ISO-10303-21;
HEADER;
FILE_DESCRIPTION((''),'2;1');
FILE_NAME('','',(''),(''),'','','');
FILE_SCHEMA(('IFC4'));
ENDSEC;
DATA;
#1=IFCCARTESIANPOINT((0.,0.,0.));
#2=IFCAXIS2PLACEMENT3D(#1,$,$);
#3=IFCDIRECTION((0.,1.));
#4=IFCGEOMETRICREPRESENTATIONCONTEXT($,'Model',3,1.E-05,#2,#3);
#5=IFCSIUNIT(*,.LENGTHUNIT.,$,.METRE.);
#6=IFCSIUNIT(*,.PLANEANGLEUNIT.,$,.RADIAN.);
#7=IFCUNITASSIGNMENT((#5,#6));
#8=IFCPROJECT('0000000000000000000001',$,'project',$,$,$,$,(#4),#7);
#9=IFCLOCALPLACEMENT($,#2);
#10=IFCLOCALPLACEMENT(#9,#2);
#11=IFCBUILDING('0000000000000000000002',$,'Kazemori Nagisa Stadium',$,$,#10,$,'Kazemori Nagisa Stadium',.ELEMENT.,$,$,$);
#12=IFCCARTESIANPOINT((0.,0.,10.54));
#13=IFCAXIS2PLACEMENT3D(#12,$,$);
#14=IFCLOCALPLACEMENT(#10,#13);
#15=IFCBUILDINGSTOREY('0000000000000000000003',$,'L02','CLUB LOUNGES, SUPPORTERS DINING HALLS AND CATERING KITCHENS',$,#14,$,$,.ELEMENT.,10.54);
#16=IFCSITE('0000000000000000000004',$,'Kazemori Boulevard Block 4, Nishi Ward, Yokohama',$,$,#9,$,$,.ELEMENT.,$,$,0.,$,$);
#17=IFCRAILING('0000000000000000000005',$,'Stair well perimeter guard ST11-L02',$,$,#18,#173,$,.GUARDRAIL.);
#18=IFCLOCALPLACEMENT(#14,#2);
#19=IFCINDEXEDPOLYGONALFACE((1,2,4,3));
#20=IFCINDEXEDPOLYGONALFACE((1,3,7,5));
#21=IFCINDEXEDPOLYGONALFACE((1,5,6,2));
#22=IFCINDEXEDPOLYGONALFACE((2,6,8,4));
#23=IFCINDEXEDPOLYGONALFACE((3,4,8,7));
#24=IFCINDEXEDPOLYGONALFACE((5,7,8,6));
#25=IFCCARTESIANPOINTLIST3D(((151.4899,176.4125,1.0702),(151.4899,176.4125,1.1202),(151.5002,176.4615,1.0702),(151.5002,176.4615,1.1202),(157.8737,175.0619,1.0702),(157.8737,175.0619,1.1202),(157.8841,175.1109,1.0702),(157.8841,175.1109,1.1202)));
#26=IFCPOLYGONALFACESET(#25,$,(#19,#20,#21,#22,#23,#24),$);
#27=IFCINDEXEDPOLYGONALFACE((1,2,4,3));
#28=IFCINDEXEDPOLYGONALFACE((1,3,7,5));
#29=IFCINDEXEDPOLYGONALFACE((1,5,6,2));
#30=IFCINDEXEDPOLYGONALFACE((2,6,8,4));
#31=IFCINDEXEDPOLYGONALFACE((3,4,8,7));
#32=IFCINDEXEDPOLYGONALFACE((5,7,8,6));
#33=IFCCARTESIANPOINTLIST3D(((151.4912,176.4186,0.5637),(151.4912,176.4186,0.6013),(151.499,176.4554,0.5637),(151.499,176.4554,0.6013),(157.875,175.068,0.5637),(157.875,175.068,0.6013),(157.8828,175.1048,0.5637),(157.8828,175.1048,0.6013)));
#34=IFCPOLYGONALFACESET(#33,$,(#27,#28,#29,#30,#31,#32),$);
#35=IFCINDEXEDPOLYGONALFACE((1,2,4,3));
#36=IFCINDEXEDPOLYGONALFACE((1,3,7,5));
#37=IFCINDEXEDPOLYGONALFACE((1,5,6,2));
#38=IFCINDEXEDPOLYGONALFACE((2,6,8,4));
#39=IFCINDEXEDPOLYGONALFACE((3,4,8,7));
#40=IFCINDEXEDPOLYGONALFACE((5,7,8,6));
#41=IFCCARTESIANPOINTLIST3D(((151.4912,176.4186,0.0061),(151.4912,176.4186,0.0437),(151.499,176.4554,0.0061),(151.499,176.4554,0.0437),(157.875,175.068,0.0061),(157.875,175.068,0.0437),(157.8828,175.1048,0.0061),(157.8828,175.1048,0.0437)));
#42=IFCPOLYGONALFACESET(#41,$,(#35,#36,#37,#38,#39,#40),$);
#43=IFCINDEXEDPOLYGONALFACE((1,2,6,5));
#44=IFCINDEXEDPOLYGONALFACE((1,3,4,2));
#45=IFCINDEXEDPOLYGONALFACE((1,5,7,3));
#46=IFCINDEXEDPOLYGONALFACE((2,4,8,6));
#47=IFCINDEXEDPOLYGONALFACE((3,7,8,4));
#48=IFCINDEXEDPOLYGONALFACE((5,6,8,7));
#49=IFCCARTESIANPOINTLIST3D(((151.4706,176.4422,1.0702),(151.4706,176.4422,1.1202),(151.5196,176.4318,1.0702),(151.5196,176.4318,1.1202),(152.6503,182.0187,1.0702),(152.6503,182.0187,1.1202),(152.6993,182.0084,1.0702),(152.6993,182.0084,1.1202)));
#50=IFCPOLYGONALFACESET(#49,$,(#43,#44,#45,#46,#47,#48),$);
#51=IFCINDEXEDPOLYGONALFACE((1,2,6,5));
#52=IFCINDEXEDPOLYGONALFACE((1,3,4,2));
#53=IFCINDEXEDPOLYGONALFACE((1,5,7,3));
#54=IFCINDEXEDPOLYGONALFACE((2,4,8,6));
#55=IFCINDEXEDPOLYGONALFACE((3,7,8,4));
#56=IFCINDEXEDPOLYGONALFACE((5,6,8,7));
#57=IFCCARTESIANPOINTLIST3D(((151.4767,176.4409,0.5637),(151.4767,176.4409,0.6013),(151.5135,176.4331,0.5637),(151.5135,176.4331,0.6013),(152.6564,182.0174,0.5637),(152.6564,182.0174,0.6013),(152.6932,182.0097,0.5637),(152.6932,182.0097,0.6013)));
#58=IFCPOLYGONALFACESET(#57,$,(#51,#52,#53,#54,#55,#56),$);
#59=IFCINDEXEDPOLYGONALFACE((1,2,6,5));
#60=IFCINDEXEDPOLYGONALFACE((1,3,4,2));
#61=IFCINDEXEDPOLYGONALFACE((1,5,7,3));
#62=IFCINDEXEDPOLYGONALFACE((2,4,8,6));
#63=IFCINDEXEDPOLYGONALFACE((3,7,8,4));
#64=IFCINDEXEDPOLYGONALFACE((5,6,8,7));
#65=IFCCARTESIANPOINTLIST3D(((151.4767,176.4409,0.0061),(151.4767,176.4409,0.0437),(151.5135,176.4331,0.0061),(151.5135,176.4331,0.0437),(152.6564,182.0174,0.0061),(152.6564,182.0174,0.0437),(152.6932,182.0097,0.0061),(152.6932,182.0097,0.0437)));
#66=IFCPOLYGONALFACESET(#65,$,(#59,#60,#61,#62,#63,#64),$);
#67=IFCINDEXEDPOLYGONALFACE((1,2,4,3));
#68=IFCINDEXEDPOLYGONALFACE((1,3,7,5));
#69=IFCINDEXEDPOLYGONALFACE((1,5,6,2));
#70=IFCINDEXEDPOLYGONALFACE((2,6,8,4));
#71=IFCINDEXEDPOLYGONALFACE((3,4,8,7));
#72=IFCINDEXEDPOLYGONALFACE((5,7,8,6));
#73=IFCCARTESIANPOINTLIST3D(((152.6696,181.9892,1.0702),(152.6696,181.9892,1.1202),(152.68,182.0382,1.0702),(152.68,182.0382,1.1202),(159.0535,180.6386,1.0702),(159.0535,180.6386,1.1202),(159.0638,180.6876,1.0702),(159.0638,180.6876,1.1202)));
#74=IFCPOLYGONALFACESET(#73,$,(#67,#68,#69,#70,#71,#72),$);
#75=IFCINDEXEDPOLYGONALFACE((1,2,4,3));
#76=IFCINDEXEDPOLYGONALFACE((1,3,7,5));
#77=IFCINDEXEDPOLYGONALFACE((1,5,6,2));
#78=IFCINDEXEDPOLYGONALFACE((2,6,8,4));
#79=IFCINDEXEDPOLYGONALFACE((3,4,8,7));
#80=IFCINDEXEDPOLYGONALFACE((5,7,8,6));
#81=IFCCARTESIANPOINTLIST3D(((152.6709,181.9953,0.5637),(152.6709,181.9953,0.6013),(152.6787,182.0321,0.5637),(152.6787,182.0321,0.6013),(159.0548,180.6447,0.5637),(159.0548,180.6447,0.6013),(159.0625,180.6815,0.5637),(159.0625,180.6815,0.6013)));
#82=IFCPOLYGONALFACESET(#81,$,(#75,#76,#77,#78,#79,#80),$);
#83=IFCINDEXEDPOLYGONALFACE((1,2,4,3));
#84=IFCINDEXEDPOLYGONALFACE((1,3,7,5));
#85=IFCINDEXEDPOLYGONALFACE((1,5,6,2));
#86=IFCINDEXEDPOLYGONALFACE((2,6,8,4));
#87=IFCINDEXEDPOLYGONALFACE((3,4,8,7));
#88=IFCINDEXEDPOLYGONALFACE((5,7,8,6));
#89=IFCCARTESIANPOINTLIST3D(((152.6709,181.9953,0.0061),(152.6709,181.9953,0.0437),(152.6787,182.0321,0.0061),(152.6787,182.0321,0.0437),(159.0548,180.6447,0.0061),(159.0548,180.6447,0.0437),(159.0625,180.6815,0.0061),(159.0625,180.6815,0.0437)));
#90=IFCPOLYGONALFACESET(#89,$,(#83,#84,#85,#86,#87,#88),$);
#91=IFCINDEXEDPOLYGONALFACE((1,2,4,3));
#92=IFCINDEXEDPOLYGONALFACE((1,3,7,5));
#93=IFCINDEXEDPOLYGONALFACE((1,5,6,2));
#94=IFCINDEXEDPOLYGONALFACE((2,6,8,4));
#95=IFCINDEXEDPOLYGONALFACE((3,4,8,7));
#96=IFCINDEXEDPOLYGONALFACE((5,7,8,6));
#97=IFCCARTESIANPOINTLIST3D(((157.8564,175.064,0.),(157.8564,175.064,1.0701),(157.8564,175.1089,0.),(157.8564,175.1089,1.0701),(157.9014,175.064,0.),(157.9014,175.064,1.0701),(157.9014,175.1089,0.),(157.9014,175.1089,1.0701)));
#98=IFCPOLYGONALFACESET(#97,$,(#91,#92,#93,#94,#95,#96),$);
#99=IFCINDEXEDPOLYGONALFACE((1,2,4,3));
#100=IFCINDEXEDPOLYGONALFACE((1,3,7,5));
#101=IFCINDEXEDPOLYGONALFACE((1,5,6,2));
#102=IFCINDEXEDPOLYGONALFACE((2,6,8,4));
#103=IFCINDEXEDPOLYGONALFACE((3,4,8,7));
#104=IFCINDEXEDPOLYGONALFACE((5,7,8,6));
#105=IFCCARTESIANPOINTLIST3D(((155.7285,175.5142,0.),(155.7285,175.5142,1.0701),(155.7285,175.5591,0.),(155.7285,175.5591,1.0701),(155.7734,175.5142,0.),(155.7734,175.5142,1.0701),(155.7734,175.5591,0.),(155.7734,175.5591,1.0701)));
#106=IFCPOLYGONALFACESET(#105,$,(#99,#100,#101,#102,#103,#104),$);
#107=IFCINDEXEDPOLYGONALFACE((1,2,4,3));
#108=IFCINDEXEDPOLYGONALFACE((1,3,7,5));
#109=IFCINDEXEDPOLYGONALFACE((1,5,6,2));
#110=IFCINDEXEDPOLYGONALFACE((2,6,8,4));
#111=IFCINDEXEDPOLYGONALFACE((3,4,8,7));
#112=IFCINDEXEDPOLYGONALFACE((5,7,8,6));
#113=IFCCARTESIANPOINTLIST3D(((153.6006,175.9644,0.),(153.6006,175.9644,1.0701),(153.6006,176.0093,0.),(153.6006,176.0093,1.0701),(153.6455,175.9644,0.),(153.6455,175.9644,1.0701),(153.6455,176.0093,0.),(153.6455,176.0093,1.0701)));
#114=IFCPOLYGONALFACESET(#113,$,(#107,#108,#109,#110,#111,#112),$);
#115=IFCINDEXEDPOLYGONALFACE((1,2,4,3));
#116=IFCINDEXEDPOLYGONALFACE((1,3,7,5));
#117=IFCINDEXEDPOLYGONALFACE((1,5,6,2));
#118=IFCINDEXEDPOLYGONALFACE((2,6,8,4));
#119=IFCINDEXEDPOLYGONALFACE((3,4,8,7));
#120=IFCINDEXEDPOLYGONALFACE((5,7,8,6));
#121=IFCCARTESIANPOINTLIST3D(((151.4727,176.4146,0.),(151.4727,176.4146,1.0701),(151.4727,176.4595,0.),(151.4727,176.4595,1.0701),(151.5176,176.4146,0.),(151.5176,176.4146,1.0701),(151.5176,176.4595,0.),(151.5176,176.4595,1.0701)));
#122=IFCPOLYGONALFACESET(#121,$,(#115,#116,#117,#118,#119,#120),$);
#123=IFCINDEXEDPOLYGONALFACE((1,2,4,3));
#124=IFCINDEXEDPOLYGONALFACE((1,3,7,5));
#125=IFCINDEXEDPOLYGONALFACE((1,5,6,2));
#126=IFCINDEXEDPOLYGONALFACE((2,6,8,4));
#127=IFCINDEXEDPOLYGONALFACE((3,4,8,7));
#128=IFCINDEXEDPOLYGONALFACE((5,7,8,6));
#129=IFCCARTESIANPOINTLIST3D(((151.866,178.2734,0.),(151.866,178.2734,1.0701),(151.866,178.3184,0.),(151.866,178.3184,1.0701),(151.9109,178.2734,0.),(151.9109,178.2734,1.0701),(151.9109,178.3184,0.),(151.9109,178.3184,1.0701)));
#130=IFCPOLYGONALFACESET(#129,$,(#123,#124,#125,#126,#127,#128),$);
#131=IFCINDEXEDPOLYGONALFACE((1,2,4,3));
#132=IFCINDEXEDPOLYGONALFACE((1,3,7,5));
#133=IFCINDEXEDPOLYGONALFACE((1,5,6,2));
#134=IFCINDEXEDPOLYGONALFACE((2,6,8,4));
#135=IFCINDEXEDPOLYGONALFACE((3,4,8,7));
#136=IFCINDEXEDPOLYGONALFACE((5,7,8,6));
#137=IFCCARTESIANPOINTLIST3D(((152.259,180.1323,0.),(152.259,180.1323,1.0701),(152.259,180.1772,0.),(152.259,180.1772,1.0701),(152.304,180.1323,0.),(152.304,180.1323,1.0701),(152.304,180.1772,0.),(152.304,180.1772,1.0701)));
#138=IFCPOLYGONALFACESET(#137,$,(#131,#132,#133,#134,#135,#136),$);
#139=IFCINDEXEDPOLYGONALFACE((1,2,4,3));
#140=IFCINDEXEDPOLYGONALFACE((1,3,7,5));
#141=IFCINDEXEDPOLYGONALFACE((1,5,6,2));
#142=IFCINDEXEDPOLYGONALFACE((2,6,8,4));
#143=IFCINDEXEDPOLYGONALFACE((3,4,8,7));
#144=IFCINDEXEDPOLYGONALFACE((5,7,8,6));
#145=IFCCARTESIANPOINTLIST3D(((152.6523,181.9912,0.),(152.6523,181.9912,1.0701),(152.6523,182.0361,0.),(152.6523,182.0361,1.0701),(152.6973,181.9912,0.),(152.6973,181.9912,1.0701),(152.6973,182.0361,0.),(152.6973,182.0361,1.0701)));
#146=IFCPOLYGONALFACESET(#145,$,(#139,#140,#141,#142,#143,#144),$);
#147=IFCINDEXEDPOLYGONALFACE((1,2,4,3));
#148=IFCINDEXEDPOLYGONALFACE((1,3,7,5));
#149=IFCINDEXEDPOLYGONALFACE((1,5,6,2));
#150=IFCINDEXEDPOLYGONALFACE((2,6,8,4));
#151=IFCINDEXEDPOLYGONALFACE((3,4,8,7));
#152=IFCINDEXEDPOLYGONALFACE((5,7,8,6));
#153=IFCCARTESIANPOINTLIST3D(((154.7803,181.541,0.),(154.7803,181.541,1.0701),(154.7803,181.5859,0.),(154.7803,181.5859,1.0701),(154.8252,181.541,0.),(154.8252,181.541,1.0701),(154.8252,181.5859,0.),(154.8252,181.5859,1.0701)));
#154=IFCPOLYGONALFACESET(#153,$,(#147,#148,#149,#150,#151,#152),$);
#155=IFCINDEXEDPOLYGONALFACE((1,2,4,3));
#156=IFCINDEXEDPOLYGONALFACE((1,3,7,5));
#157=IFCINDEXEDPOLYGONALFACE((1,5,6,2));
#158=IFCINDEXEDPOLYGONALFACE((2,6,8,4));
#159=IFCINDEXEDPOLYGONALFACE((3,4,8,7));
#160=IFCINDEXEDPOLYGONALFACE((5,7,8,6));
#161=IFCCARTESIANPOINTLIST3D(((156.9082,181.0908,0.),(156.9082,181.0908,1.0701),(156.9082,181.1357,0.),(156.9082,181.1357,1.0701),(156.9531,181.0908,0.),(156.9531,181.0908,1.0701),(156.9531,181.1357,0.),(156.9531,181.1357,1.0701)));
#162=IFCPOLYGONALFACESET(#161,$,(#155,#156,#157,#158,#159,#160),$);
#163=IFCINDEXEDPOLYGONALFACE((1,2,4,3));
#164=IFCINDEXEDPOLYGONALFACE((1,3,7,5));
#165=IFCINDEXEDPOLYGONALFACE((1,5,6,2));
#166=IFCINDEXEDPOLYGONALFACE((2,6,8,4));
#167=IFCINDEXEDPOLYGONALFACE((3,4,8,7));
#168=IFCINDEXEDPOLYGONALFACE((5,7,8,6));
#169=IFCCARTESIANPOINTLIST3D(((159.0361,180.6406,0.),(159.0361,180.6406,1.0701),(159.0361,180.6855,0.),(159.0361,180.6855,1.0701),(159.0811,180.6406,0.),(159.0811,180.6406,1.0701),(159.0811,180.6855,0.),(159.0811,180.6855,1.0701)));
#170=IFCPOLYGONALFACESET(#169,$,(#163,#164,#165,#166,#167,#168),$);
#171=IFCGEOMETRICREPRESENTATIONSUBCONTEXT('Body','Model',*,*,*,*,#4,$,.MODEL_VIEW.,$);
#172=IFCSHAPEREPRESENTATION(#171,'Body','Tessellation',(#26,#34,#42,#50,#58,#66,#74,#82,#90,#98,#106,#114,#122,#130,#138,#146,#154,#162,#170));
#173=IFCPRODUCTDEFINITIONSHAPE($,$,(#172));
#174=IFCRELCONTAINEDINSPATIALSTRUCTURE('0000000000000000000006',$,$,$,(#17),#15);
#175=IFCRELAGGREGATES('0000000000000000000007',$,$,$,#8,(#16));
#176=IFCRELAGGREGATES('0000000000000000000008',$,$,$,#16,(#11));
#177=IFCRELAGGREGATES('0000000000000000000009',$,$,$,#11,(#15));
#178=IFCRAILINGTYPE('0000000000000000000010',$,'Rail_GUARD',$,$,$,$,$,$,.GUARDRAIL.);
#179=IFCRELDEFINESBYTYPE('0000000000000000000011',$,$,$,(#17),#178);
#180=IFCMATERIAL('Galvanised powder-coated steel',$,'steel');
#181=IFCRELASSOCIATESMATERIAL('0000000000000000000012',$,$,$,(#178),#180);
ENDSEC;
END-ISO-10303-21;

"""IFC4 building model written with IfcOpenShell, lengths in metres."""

from ifc_helpers import new_model, si_unit, direction, frame, origin, origin_2d, place, context, subcontext, project, spatial, rectangle, extrude, material, type_object, element, save


model = new_model("IFC4")

# Units and contexts
model_context = context("Model", 3, precision=1e-05, world=origin(), true_north=direction((0.0, 1.0)))
body_context = subcontext(model_context, "Body", "Model", "MODEL_VIEW")
ifc_project = project(units=[si_unit("LENGTHUNIT", "METRE"), si_unit("PLANEANGLEUNIT", "RADIAN")], contexts=[model_context])

# Site, building, storey
site_placement = place(None, origin())
site = spatial("IfcSite", under=ifc_project, at=site_placement, Name="Kazemori Boulevard Block 4, Nishi Ward, Yokohama", CompositionType="ELEMENT", RefElevation=0.0)
building_placement = place(site_placement, origin())
building = spatial("IfcBuilding", under=site, at=building_placement, Name="Kazemori Nagisa Stadium", LongName="Kazemori Nagisa Stadium", CompositionType="ELEMENT")
storey_placement = place(building_placement, frame((0.0, 0.0, 10.54)))
storey = spatial("IfcBuildingStorey", under=building, at=storey_placement, Name="L02", Description="CLUB LOUNGES, SUPPORTERS DINING HALLS AND CATERING KITCHENS", CompositionType="ELEMENT", Elevation=10.54)

# Railing
ifc_material_1 = material(Name="Galvanised powder-coated steel", Category="steel")
railing_type_1 = type_object("IfcRailingType", Name="Rail_GUARD", PredefinedType="GUARDRAIL", material=ifc_material_1)
railing_1_placement = place(storey_placement, frame((157.8789, 175.0864, 0.0)))
element("IfcRailing", 1, at=railing_1_placement, inside=storey, type_object=railing_type_1, Name="Stair well perimeter guard ST11-L02", PredefinedType="GUARDRAIL", context=body_context, shape_type="SweptSolid", body=[
    extrude(rectangle(XDim=0.05, YDim=0.05, at=origin_2d()), frame((0.0, 0.0, 1.0952), z_axis=(-0.978344, 0.206983, 0.0), x_axis=(-0.206983, -0.978344, 0.0)), (0.0, 0.0, 1.0), 6.5251),
    extrude(rectangle(XDim=0.0376, YDim=0.0376, at=origin_2d()), frame((0.0, 0.0, 0.5825), z_axis=(-0.978344, 0.206983, 0.0), x_axis=(-0.206983, -0.978344, 0.0)), (0.0, 0.0, 1.0), 6.5251),
    extrude(rectangle(XDim=0.0376, YDim=0.0376, at=origin_2d()), frame((0.0, 0.0, 0.0249), z_axis=(-0.978344, 0.206983, 0.0), x_axis=(-0.206983, -0.978344, 0.0)), (0.0, 0.0, 1.0), 6.5251),
    extrude(rectangle(XDim=0.05, YDim=0.05, at=origin_2d()), frame((-6.3838, 1.3506, 1.0952), z_axis=(0.20696, 0.978349, 0.0), x_axis=(-0.978349, 0.20696, 0.0)), (0.0, 0.0, 1.0), 5.7),
    extrude(rectangle(XDim=0.0376, YDim=0.0376, at=origin_2d()), frame((-6.3838, 1.3506, 0.5825), z_axis=(0.20696, 0.978349, 0.0), x_axis=(-0.978349, 0.20696, 0.0)), (0.0, 0.0, 1.0), 5.7),
    extrude(rectangle(XDim=0.0376, YDim=0.0376, at=origin_2d()), frame((-6.3838, 1.3506, 0.0249), z_axis=(0.20696, 0.978349, 0.0), x_axis=(-0.978349, 0.20696, 0.0)), (0.0, 0.0, 1.0), 5.7),
    extrude(rectangle(XDim=0.05, YDim=0.05, at=origin_2d()), frame((-5.2041, 6.9272, 1.0952), z_axis=(0.978344, -0.206983, 0.0), x_axis=(0.206983, 0.978344, 0.0)), (0.0, 0.0, 1.0), 6.5251),
    extrude(rectangle(XDim=0.0376, YDim=0.0376, at=origin_2d()), frame((-5.2041, 6.9272, 0.5825), z_axis=(0.978344, -0.206983, 0.0), x_axis=(0.206983, 0.978344, 0.0)), (0.0, 0.0, 1.0), 6.5251),
    extrude(rectangle(XDim=0.0376, YDim=0.0376, at=origin_2d()), frame((-5.2041, 6.9272, 0.0249), z_axis=(0.978344, -0.206983, 0.0), x_axis=(0.206983, 0.978344, 0.0)), (0.0, 0.0, 1.0), 6.5251),
    extrude(rectangle(XDim=0.0449, YDim=0.0449, at=origin_2d()), origin(), (0.0, 0.0, 1.0), 1.0701),
    extrude(rectangle(XDim=0.0449, YDim=0.0449, at=origin_2d()), frame((-2.1279, 0.4502, 0.0)), (0.0, 0.0, 1.0), 1.0701),
    extrude(rectangle(XDim=0.0449, YDim=0.0449, at=origin_2d()), frame((-4.2559, 0.9004, 0.0)), (0.0, 0.0, 1.0), 1.0701),
    extrude(rectangle(XDim=0.0449, YDim=0.0449, at=origin_2d()), frame((-6.3838, 1.3506, 0.0)), (0.0, 0.0, 1.0), 1.0701),
    extrude(rectangle(XDim=0.0449, YDim=0.0449, at=origin_2d()), frame((-5.9905, 3.2095, 0.0)), (0.0, 0.0, 1.0), 1.0701),
    extrude(rectangle(XDim=0.0449, YDim=0.0449, at=origin_2d()), frame((-5.5974, 5.0684, 0.0)), (0.0, 0.0, 1.0), 1.0701),
    extrude(rectangle(XDim=0.0449, YDim=0.0449, at=origin_2d()), frame((-5.2041, 6.9272, 0.0)), (0.0, 0.0, 1.0), 1.0701),
    extrude(rectangle(XDim=0.0449, YDim=0.0449, at=origin_2d()), frame((-3.0762, 6.4771, 0.0)), (0.0, 0.0, 1.0), 1.0701),
    extrude(rectangle(XDim=0.0449, YDim=0.0449, at=origin_2d()), frame((-0.9482, 6.0269, 0.0)), (0.0, 0.0, 1.0), 1.0701),
    extrude(rectangle(XDim=0.0449, YDim=0.0449, at=origin_2d()), frame((1.1797, 5.5767, 0.0)), (0.0, 0.0, 1.0), 1.0701),
])

save(model, "model.ifc")
